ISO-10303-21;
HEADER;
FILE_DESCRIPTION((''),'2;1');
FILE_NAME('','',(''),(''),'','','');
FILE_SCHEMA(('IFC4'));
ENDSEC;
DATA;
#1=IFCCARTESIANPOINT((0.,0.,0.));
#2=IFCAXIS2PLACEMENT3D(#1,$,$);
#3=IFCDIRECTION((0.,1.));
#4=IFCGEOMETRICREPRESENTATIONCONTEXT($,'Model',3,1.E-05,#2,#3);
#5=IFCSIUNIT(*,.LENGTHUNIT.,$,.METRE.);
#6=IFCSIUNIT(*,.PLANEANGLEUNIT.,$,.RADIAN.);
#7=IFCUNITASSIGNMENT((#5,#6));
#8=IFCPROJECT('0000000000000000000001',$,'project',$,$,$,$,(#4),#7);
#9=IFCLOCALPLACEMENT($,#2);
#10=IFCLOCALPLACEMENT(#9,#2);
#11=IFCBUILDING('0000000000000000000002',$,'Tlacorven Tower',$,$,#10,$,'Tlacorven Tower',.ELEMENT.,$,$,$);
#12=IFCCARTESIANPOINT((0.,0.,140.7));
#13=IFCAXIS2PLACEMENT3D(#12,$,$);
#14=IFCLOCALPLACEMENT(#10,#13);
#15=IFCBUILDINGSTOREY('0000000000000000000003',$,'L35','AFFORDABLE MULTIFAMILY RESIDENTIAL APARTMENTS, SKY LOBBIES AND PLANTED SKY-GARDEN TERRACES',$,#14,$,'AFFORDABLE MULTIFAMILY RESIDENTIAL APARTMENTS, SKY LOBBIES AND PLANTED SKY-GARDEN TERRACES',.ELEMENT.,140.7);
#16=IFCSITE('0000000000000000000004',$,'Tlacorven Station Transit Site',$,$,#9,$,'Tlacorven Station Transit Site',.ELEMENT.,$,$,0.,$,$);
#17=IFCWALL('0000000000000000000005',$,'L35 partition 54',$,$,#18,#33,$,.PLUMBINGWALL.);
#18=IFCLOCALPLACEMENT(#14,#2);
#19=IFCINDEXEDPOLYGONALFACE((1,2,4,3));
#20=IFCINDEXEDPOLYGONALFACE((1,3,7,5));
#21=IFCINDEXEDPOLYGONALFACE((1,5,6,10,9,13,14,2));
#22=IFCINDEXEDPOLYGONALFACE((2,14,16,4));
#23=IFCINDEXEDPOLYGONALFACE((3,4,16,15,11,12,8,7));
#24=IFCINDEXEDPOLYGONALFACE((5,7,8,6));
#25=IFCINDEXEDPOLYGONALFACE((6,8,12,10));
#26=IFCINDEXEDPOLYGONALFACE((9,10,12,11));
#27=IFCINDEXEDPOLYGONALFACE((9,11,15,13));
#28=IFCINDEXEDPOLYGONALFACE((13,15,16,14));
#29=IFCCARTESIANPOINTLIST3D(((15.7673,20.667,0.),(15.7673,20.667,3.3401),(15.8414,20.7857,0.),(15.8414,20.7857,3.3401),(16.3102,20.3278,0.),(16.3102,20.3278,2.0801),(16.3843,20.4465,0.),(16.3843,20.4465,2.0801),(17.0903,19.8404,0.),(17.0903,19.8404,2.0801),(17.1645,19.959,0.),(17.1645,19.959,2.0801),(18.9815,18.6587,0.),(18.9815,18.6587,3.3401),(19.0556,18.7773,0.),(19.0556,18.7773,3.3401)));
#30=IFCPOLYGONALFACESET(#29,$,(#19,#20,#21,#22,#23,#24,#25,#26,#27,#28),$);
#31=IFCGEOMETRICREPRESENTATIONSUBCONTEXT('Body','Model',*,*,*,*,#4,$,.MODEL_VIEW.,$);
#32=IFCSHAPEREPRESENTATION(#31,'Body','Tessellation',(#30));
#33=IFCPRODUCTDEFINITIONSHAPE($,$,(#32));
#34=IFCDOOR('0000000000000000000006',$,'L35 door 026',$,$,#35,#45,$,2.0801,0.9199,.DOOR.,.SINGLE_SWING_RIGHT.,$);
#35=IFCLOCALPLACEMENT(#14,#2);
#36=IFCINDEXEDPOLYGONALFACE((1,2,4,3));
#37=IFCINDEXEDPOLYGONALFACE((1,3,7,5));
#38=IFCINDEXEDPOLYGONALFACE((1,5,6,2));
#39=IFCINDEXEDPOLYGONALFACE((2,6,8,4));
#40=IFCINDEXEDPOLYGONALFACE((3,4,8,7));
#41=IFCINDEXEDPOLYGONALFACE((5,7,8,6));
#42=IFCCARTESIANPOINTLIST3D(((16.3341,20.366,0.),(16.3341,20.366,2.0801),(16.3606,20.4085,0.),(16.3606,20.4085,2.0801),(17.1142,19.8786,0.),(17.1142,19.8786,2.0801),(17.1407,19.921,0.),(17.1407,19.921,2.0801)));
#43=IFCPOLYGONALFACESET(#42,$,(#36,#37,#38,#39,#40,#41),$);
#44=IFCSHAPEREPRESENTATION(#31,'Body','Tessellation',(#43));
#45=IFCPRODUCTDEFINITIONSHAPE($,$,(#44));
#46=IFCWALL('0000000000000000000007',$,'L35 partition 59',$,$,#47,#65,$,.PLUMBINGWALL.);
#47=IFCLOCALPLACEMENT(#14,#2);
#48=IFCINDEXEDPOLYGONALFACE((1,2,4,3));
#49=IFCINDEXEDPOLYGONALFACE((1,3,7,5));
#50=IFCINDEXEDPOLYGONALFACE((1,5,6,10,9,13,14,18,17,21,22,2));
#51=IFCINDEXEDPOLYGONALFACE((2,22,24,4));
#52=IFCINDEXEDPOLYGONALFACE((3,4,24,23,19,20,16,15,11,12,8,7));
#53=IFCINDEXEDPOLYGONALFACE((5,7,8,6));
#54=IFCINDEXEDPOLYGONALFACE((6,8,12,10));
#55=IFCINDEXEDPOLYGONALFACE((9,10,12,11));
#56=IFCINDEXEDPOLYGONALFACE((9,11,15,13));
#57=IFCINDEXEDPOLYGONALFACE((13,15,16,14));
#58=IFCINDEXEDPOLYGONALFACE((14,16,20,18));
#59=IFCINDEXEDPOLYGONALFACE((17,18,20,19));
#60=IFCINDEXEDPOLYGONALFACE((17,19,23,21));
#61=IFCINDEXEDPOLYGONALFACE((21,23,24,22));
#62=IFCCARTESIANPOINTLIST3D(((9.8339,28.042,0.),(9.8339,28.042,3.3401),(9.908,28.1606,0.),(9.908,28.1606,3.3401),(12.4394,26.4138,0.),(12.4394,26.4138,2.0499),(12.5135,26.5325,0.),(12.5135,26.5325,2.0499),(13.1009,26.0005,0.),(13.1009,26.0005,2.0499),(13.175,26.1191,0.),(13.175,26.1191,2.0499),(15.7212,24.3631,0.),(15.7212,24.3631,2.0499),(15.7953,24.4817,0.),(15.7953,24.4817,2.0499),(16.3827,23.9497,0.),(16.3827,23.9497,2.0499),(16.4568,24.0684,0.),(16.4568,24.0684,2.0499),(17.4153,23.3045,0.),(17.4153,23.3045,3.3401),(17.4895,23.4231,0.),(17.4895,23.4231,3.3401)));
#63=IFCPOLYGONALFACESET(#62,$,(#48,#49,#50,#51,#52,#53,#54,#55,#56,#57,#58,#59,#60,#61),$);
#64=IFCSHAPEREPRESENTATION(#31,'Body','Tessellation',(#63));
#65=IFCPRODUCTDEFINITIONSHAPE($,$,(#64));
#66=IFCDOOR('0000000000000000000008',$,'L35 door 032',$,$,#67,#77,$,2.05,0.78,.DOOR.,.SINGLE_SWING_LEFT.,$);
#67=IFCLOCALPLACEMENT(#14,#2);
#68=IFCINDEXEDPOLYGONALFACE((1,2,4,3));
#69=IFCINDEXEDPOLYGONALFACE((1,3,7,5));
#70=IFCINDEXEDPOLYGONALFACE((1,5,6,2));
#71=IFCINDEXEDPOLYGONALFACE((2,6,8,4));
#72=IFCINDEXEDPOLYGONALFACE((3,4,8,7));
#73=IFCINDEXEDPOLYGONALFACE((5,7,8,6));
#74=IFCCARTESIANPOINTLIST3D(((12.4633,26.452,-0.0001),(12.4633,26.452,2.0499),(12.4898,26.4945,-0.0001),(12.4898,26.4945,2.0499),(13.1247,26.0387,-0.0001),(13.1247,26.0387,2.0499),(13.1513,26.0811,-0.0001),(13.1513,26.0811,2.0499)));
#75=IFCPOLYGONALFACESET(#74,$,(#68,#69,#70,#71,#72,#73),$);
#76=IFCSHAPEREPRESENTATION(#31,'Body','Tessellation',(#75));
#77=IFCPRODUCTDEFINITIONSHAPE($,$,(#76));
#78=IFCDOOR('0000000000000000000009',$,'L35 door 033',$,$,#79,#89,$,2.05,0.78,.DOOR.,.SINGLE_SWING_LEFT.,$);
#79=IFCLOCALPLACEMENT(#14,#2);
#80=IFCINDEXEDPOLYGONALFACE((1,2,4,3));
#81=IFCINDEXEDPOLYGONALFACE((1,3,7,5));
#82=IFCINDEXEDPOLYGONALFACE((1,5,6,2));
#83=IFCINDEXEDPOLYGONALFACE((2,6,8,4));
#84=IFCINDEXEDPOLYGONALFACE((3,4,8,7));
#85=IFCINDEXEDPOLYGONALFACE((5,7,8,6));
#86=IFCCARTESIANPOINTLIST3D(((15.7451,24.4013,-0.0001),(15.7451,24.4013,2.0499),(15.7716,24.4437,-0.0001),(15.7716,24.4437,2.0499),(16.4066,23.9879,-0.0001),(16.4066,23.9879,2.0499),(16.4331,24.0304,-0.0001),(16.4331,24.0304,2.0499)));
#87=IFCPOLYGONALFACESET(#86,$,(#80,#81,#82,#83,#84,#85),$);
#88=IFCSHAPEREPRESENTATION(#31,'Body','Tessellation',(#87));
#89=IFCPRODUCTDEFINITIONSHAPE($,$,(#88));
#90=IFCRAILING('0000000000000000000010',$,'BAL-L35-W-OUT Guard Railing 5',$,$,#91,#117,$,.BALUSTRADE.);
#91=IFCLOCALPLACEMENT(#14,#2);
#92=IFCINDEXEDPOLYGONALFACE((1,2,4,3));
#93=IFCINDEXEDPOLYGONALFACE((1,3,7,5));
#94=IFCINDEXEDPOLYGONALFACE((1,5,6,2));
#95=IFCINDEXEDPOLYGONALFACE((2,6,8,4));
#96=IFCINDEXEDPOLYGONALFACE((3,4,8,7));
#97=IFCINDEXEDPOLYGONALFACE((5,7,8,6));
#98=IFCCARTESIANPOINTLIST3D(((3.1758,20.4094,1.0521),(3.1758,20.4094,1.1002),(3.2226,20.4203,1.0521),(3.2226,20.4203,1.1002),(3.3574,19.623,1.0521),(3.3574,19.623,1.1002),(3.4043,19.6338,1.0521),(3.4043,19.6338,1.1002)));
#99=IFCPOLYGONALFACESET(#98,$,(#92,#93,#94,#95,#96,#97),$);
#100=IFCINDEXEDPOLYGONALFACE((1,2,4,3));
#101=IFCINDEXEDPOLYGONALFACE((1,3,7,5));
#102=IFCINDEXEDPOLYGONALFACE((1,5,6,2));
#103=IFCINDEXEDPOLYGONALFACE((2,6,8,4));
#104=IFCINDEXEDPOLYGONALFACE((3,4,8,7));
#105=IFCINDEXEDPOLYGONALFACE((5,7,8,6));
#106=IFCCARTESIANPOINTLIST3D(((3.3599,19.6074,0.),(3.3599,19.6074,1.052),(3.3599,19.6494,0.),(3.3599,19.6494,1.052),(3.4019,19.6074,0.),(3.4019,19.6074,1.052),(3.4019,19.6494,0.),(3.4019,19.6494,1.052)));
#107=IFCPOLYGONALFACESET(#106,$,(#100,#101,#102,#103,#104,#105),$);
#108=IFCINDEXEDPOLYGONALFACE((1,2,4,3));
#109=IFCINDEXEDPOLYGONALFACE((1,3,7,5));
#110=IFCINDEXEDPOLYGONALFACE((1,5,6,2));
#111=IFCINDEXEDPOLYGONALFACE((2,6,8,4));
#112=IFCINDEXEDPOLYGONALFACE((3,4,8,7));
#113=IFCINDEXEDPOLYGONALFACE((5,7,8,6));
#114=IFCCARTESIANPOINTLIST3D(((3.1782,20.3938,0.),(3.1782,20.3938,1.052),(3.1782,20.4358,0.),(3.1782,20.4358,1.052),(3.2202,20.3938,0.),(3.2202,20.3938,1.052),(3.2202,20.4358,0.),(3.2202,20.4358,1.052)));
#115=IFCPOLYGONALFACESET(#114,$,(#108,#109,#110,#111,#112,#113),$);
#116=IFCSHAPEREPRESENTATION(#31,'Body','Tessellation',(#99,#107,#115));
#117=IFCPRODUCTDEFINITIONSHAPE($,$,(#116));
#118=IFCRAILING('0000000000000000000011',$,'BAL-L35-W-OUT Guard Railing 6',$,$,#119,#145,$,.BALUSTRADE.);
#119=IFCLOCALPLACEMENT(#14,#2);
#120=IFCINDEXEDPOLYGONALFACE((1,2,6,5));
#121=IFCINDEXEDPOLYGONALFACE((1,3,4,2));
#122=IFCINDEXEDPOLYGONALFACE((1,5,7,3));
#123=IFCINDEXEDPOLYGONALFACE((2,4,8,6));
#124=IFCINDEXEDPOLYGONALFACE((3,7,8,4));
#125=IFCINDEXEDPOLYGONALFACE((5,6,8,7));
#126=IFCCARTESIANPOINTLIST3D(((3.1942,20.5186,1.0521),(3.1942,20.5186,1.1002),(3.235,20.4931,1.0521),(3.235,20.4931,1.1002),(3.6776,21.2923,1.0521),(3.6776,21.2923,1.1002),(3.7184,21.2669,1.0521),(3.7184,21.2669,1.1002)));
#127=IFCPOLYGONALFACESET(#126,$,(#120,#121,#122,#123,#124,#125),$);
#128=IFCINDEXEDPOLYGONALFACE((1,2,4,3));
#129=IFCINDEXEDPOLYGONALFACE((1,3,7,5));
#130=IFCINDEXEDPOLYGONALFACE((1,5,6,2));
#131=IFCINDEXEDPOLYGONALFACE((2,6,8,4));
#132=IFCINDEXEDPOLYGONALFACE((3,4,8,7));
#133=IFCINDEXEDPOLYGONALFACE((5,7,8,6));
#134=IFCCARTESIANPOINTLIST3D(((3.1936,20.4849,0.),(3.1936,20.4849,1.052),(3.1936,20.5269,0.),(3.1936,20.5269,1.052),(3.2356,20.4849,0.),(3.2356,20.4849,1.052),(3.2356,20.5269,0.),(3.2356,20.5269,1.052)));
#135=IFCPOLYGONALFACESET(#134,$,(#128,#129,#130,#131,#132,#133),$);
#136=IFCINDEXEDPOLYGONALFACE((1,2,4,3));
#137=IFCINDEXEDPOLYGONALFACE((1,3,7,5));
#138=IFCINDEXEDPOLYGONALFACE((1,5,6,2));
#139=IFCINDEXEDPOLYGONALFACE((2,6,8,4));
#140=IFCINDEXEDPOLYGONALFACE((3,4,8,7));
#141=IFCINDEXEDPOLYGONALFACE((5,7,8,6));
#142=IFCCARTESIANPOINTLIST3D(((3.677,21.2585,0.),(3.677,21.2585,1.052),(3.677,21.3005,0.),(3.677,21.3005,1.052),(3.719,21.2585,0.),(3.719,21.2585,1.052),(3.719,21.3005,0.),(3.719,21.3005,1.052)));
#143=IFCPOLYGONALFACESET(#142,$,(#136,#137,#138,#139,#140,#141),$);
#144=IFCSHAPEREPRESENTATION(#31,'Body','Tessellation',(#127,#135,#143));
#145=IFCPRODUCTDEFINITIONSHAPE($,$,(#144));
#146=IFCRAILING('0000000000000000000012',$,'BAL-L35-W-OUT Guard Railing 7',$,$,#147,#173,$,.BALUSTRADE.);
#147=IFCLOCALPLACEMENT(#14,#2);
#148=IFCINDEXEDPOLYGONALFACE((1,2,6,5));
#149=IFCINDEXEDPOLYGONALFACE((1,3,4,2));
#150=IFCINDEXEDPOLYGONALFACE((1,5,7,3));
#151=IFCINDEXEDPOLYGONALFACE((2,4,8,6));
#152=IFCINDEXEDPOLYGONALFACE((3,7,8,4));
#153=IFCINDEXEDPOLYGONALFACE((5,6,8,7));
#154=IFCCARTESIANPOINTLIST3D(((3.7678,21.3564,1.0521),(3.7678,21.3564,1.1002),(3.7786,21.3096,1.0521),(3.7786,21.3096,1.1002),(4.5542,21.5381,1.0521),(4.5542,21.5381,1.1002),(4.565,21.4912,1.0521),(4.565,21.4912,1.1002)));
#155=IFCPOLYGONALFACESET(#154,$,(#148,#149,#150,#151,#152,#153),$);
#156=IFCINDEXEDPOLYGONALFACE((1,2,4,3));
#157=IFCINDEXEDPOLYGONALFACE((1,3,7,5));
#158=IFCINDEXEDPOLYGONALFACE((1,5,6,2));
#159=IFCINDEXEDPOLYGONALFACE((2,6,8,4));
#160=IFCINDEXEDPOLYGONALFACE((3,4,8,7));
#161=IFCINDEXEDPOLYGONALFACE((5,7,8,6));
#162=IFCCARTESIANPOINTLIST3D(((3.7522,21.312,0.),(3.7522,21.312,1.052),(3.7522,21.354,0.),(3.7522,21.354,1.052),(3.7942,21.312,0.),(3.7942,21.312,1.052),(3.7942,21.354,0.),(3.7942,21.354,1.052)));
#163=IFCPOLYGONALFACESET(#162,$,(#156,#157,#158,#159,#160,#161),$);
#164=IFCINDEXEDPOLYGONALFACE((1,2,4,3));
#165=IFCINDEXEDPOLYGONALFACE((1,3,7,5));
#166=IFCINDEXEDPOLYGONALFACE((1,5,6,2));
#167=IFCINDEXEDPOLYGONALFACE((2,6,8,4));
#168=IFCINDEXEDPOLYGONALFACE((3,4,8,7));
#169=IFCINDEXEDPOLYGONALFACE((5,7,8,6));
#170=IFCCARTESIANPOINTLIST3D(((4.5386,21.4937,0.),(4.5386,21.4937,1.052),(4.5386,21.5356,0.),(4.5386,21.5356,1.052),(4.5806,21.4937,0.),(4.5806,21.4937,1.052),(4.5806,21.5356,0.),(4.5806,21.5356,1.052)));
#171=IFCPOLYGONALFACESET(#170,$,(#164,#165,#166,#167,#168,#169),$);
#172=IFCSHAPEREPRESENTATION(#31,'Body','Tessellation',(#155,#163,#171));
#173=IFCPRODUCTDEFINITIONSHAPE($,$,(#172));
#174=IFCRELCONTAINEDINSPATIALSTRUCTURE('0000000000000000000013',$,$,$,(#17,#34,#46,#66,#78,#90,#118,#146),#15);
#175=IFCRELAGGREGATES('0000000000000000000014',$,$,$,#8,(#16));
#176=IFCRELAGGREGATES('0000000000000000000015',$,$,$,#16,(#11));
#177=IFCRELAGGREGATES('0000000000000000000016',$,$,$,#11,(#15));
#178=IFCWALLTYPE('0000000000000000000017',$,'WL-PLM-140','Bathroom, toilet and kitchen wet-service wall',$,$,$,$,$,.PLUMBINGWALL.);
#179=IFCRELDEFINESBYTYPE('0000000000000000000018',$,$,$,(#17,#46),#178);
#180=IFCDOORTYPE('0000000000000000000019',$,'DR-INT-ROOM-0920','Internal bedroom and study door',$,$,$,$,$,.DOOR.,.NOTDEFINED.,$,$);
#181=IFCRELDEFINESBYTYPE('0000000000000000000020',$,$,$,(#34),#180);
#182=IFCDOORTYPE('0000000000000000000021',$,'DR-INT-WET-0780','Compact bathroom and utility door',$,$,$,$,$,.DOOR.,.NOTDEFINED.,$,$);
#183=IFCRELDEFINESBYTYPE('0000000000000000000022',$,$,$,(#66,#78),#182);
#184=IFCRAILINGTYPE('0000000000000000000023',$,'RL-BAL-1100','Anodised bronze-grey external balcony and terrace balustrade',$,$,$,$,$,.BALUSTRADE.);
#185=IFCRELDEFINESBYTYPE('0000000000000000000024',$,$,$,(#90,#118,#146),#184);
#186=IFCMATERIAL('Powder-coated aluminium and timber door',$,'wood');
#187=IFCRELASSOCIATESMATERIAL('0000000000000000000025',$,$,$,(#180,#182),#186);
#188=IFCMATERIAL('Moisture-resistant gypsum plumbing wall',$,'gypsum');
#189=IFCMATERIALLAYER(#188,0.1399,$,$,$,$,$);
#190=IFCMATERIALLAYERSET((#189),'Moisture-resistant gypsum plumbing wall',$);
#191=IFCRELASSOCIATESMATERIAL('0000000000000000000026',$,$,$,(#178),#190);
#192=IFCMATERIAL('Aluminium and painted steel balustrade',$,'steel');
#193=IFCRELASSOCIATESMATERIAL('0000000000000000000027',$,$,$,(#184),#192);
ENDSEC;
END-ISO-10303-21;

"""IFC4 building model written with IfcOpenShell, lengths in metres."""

from ifc_helpers import new_model, si_unit, direction, frame, frame_2d, origin, origin_2d, place, context, subcontext, project, spatial, rectangle, extrude, source, transform, mapped, material, layer, layer_set, type_object, element, fill, save


model = new_model("IFC4")

# Units and contexts
model_context = context("Model", 3, precision=1e-05, world=origin(), true_north=direction((0.0, 1.0)))
body_context = subcontext(model_context, "Body", "Model", "MODEL_VIEW")
ifc_project = project(units=[si_unit("LENGTHUNIT", "METRE"), si_unit("PLANEANGLEUNIT", "RADIAN")], contexts=[model_context])

# Site, building, storey
site_placement = place(None, origin())
site = spatial("IfcSite", under=ifc_project, at=site_placement, Name="Tlacorven Station Transit Site", LongName="Tlacorven Station Transit Site", CompositionType="ELEMENT", RefElevation=0.0)
building_placement = place(site_placement, origin())
building = spatial("IfcBuilding", under=site, at=building_placement, Name="Tlacorven Tower", LongName="Tlacorven Tower", CompositionType="ELEMENT")
storey_placement = place(building_placement, frame((0.0, 0.0, 140.7)))
storey = spatial("IfcBuildingStorey", under=building, at=storey_placement, Name="L35", Description="AFFORDABLE MULTIFAMILY RESIDENTIAL APARTMENTS, SKY LOBBIES AND PLANTED SKY-GARDEN TERRACES", LongName="AFFORDABLE MULTIFAMILY RESIDENTIAL APARTMENTS, SKY LOBBIES AND PLANTED SKY-GARDEN TERRACES", CompositionType="ELEMENT", Elevation=140.7)

# Shared definitions
ifc_material_1 = material(Name="Powder-coated aluminium and timber door", Category="wood")
door_type_1 = type_object("IfcDoorType", Name="DR-INT-ROOM-0920", Description="Internal bedroom and study door", OperationType="NOTDEFINED", PredefinedType="DOOR", material=ifc_material_1)
shared_shape_1 = source(origin(), body_context, "Body", "SweptSolid", [
    extrude(rectangle(XDim=0.9199, YDim=2.0801, at=frame_2d((0.46, 1.04))), frame((0.0, 0.0249, 0.0), z_axis=(0.0, -1.0, 0.0), x_axis=(1.0, 0.0, 0.0)), (0.0, 0.0, 1.0), 0.05),
])

# Wall, opening, door
ifc_material_2 = material(Name="Moisture-resistant gypsum plumbing wall", Category="gypsum")
ifc_layer_1 = layer(ifc_material_2, 0.1399)
ifc_layer_set_1 = layer_set([ifc_layer_1], Name="Moisture-resistant gypsum plumbing wall")
wall_type_1 = type_object("IfcWallType", Name="WL-PLM-140", Description="Bathroom, toilet and kitchen wet-service wall", PredefinedType="PLUMBINGWALL", material=ifc_layer_set_1)
wall_1_placement = place(storey_placement, frame((19.0186, 18.718, 0.0), z_axis=(0.0, 0.0, 1.0), x_axis=(-0.84806, 0.529901, 0.0)))
wall_1 = element("IfcWall", 1, at=wall_1_placement, inside=storey, type_object=wall_type_1, Name="L35 partition 54", PredefinedType="PLUMBINGWALL", context=body_context, shape_type="SweptSolid", body=[
    extrude(rectangle(XDim=3.79, YDim=0.1399, at=frame_2d((1.895, 0.0))), origin(), (0.0, 0.0, 1.0), 3.3401),
])
opening_1_placement = place(wall_1_placement, frame((2.23, 0.0, 0.0)))
opening_1 = element("IfcOpeningElement", 2, at=opening_1_placement, cuts=wall_1, PredefinedType="OPENING", context=body_context, shape_type="SweptSolid", body=[
    extrude(rectangle(XDim=0.9199, YDim=2.0801, at=frame_2d((0.46, 1.04))), frame((0.0, 0.0801, 0.0), z_axis=(0.0, -1.0, 0.0), x_axis=(1.0, 0.0, 0.0)), (0.0, 0.0, 1.0), 0.1599),
])
door_1_placement = place(opening_1_placement, origin())
door_1 = element("IfcDoor", 3, at=door_1_placement, inside=storey, type_object=door_type_1, Name="L35 door 026", OperationType="SINGLE_SWING_RIGHT", OverallHeight=2.0801, OverallWidth=0.9199, PredefinedType="DOOR", context=body_context, shape_type="MappedRepresentation", body=[
    mapped(shared_shape_1, transform((0.0, 0.0, 0.0), scale=1.0)),
])
fill(opening_1, door_1)

# Wall, openings, doors
wall_2_placement = place(storey_placement, frame((17.4524, 23.3638, 0.0), z_axis=(0.0, 0.0, 1.0), x_axis=(-0.848044, 0.529925, 0.0)))
wall_2 = element("IfcWall", 4, at=wall_2_placement, inside=storey, type_object=wall_type_1, Name="L35 partition 59", PredefinedType="PLUMBINGWALL", context=body_context, shape_type="SweptSolid", body=[
    extrude(rectangle(XDim=8.9399, YDim=0.1399, at=frame_2d((4.47, 0.0))), origin(), (0.0, 0.0, 1.0), 3.3401),
])
opening_2_placement = place(wall_2_placement, frame((5.0874, 0.0, 0.0)))
opening_2 = element("IfcOpeningElement", 5, at=opening_2_placement, cuts=wall_2, PredefinedType="OPENING", context=body_context, shape_type="SweptSolid", body=[
    extrude(rectangle(XDim=0.78, YDim=2.05, at=frame_2d((0.3901, 1.0249))), frame((0.0, 0.0801, 0.0), z_axis=(0.0, -1.0, 0.0), x_axis=(1.0, 0.0, 0.0)), (0.0, 0.0, 1.0), 0.1599),
])
opening_3_placement = place(wall_2_placement, frame((1.2175, 0.0, 0.0)))
opening_3 = element("IfcOpeningElement", 6, at=opening_3_placement, cuts=wall_2, PredefinedType="OPENING", context=body_context, shape_type="SweptSolid", body=[
    extrude(rectangle(XDim=0.78, YDim=2.05, at=frame_2d((0.3901, 1.0249))), frame((0.0, 0.0801, 0.0), z_axis=(0.0, -1.0, 0.0), x_axis=(1.0, 0.0, 0.0)), (0.0, 0.0, 1.0), 0.1599),
])
door_type_2 = type_object("IfcDoorType", Name="DR-INT-WET-0780", Description="Compact bathroom and utility door", OperationType="NOTDEFINED", PredefinedType="DOOR", material=ifc_material_1)
shared_shape_2 = source(origin(), body_context, "Body", "SweptSolid", [
    extrude(rectangle(XDim=0.78, YDim=2.05, at=frame_2d((0.3901, 1.0249))), frame((0.0, 0.0249, 0.0), z_axis=(0.0, -1.0, 0.0), x_axis=(1.0, 0.0, 0.0)), (0.0, 0.0, 1.0), 0.05),
])
door_2_placement = place(opening_2_placement, origin())
door_2 = element("IfcDoor", 7, at=door_2_placement, inside=storey, type_object=door_type_2, Name="L35 door 032", OperationType="SINGLE_SWING_LEFT", OverallHeight=2.05, OverallWidth=0.78, PredefinedType="DOOR", context=body_context, shape_type="MappedRepresentation", body=[
    mapped(shared_shape_2, transform((0.0, 0.0, 0.0), scale=1.0)),
])
fill(opening_2, door_2)
door_3_placement = place(opening_3_placement, origin())
door_3 = element("IfcDoor", 8, at=door_3_placement, inside=storey, type_object=door_type_2, Name="L35 door 033", OperationType="SINGLE_SWING_LEFT", OverallHeight=2.05, OverallWidth=0.78, PredefinedType="DOOR", context=body_context, shape_type="MappedRepresentation", body=[
    mapped(shared_shape_2, transform((0.0, 0.0, 0.0), scale=1.0)),
])
fill(opening_3, door_3)

# Railings
ifc_material_3 = material(Name="Aluminium and painted steel balustrade", Category="steel")
railing_type = type_object("IfcRailingType", Name="RL-BAL-1100", Description="Anodised bronze-grey external balcony and terrace balustrade", PredefinedType="BALUSTRADE", material=ifc_material_3)
shared_shape_3 = source(origin(), body_context, "Body", "SweptSolid", [
    extrude(rectangle(XDim=0.0481, YDim=0.0481, at=origin_2d()), frame((0.0, 0.0, 1.0762), z_axis=(-0.225058, 0.974345, 0.0), x_axis=(-0.974345, -0.225058, 0.0)), (0.0, 0.0, 1.0), 0.8071),
    extrude(rectangle(XDim=0.042, YDim=0.042, at=origin_2d()), origin(), (0.0, 0.0, 1.0), 1.052),
    extrude(rectangle(XDim=0.042, YDim=0.042, at=origin_2d()), frame((-0.1816, 0.7864, 0.0)), (0.0, 0.0, 1.0), 1.052),
])
railing_1_placement = place(storey_placement, frame((3.3809, 19.6284, 0.0)))
element("IfcRailing", 9, at=railing_1_placement, inside=storey, type_object=railing_type, Name="BAL-L35-W-OUT Guard Railing 5", PredefinedType="BALUSTRADE", context=body_context, shape_type="MappedRepresentation", body=[
    mapped(shared_shape_3, transform((0.0, 0.0, 0.0), scale=1.0)),
])
shared_shape_4 = source(origin(), body_context, "Body", "SweptSolid", [
    extrude(rectangle(XDim=0.0481, YDim=0.0481, at=origin_2d()), frame((0.0, 0.0, 1.0762), z_axis=(0.529879, 0.848073, 0.0), x_axis=(-0.848073, 0.529879, 0.0)), (0.0, 0.0, 1.0), 0.9124),
    extrude(rectangle(XDim=0.042, YDim=0.042, at=origin_2d()), origin(), (0.0, 0.0, 1.0), 1.052),
    extrude(rectangle(XDim=0.042, YDim=0.042, at=origin_2d()), frame((0.4834, 0.7737, 0.0)), (0.0, 0.0, 1.0), 1.052),
])
railing_2_placement = place(storey_placement, frame((3.2146, 20.5059, 0.0)))
element("IfcRailing", 10, at=railing_2_placement, inside=storey, type_object=railing_type, Name="BAL-L35-W-OUT Guard Railing 6", PredefinedType="BALUSTRADE", context=body_context, shape_type="MappedRepresentation", body=[
    mapped(shared_shape_4, transform((0.0, 0.0, 0.0), scale=1.0)),
])
shared_shape_5 = source(origin(), body_context, "Body", "SweptSolid", [
    extrude(rectangle(XDim=0.0481, YDim=0.0481, at=origin_2d()), frame((0.0, 0.0, 1.0762), z_axis=(0.974345, 0.225058, 0.0), x_axis=(-0.225058, 0.974345, 0.0)), (0.0, 0.0, 1.0), 0.8071),
    extrude(rectangle(XDim=0.042, YDim=0.042, at=origin_2d()), origin(), (0.0, 0.0, 1.0), 1.052),
    extrude(rectangle(XDim=0.042, YDim=0.042, at=origin_2d()), frame((0.7864, 0.1816, 0.0)), (0.0, 0.0, 1.0), 1.052),
])
railing_3_placement = place(storey_placement, frame((3.7732, 21.333, 0.0)))
element("IfcRailing", 11, at=railing_3_placement, inside=storey, type_object=railing_type, Name="BAL-L35-W-OUT Guard Railing 7", PredefinedType="BALUSTRADE", context=body_context, shape_type="MappedRepresentation", body=[
    mapped(shared_shape_5, transform((0.0, 0.0, 0.0), scale=1.0)),
])

save(model, "model.ifc")
